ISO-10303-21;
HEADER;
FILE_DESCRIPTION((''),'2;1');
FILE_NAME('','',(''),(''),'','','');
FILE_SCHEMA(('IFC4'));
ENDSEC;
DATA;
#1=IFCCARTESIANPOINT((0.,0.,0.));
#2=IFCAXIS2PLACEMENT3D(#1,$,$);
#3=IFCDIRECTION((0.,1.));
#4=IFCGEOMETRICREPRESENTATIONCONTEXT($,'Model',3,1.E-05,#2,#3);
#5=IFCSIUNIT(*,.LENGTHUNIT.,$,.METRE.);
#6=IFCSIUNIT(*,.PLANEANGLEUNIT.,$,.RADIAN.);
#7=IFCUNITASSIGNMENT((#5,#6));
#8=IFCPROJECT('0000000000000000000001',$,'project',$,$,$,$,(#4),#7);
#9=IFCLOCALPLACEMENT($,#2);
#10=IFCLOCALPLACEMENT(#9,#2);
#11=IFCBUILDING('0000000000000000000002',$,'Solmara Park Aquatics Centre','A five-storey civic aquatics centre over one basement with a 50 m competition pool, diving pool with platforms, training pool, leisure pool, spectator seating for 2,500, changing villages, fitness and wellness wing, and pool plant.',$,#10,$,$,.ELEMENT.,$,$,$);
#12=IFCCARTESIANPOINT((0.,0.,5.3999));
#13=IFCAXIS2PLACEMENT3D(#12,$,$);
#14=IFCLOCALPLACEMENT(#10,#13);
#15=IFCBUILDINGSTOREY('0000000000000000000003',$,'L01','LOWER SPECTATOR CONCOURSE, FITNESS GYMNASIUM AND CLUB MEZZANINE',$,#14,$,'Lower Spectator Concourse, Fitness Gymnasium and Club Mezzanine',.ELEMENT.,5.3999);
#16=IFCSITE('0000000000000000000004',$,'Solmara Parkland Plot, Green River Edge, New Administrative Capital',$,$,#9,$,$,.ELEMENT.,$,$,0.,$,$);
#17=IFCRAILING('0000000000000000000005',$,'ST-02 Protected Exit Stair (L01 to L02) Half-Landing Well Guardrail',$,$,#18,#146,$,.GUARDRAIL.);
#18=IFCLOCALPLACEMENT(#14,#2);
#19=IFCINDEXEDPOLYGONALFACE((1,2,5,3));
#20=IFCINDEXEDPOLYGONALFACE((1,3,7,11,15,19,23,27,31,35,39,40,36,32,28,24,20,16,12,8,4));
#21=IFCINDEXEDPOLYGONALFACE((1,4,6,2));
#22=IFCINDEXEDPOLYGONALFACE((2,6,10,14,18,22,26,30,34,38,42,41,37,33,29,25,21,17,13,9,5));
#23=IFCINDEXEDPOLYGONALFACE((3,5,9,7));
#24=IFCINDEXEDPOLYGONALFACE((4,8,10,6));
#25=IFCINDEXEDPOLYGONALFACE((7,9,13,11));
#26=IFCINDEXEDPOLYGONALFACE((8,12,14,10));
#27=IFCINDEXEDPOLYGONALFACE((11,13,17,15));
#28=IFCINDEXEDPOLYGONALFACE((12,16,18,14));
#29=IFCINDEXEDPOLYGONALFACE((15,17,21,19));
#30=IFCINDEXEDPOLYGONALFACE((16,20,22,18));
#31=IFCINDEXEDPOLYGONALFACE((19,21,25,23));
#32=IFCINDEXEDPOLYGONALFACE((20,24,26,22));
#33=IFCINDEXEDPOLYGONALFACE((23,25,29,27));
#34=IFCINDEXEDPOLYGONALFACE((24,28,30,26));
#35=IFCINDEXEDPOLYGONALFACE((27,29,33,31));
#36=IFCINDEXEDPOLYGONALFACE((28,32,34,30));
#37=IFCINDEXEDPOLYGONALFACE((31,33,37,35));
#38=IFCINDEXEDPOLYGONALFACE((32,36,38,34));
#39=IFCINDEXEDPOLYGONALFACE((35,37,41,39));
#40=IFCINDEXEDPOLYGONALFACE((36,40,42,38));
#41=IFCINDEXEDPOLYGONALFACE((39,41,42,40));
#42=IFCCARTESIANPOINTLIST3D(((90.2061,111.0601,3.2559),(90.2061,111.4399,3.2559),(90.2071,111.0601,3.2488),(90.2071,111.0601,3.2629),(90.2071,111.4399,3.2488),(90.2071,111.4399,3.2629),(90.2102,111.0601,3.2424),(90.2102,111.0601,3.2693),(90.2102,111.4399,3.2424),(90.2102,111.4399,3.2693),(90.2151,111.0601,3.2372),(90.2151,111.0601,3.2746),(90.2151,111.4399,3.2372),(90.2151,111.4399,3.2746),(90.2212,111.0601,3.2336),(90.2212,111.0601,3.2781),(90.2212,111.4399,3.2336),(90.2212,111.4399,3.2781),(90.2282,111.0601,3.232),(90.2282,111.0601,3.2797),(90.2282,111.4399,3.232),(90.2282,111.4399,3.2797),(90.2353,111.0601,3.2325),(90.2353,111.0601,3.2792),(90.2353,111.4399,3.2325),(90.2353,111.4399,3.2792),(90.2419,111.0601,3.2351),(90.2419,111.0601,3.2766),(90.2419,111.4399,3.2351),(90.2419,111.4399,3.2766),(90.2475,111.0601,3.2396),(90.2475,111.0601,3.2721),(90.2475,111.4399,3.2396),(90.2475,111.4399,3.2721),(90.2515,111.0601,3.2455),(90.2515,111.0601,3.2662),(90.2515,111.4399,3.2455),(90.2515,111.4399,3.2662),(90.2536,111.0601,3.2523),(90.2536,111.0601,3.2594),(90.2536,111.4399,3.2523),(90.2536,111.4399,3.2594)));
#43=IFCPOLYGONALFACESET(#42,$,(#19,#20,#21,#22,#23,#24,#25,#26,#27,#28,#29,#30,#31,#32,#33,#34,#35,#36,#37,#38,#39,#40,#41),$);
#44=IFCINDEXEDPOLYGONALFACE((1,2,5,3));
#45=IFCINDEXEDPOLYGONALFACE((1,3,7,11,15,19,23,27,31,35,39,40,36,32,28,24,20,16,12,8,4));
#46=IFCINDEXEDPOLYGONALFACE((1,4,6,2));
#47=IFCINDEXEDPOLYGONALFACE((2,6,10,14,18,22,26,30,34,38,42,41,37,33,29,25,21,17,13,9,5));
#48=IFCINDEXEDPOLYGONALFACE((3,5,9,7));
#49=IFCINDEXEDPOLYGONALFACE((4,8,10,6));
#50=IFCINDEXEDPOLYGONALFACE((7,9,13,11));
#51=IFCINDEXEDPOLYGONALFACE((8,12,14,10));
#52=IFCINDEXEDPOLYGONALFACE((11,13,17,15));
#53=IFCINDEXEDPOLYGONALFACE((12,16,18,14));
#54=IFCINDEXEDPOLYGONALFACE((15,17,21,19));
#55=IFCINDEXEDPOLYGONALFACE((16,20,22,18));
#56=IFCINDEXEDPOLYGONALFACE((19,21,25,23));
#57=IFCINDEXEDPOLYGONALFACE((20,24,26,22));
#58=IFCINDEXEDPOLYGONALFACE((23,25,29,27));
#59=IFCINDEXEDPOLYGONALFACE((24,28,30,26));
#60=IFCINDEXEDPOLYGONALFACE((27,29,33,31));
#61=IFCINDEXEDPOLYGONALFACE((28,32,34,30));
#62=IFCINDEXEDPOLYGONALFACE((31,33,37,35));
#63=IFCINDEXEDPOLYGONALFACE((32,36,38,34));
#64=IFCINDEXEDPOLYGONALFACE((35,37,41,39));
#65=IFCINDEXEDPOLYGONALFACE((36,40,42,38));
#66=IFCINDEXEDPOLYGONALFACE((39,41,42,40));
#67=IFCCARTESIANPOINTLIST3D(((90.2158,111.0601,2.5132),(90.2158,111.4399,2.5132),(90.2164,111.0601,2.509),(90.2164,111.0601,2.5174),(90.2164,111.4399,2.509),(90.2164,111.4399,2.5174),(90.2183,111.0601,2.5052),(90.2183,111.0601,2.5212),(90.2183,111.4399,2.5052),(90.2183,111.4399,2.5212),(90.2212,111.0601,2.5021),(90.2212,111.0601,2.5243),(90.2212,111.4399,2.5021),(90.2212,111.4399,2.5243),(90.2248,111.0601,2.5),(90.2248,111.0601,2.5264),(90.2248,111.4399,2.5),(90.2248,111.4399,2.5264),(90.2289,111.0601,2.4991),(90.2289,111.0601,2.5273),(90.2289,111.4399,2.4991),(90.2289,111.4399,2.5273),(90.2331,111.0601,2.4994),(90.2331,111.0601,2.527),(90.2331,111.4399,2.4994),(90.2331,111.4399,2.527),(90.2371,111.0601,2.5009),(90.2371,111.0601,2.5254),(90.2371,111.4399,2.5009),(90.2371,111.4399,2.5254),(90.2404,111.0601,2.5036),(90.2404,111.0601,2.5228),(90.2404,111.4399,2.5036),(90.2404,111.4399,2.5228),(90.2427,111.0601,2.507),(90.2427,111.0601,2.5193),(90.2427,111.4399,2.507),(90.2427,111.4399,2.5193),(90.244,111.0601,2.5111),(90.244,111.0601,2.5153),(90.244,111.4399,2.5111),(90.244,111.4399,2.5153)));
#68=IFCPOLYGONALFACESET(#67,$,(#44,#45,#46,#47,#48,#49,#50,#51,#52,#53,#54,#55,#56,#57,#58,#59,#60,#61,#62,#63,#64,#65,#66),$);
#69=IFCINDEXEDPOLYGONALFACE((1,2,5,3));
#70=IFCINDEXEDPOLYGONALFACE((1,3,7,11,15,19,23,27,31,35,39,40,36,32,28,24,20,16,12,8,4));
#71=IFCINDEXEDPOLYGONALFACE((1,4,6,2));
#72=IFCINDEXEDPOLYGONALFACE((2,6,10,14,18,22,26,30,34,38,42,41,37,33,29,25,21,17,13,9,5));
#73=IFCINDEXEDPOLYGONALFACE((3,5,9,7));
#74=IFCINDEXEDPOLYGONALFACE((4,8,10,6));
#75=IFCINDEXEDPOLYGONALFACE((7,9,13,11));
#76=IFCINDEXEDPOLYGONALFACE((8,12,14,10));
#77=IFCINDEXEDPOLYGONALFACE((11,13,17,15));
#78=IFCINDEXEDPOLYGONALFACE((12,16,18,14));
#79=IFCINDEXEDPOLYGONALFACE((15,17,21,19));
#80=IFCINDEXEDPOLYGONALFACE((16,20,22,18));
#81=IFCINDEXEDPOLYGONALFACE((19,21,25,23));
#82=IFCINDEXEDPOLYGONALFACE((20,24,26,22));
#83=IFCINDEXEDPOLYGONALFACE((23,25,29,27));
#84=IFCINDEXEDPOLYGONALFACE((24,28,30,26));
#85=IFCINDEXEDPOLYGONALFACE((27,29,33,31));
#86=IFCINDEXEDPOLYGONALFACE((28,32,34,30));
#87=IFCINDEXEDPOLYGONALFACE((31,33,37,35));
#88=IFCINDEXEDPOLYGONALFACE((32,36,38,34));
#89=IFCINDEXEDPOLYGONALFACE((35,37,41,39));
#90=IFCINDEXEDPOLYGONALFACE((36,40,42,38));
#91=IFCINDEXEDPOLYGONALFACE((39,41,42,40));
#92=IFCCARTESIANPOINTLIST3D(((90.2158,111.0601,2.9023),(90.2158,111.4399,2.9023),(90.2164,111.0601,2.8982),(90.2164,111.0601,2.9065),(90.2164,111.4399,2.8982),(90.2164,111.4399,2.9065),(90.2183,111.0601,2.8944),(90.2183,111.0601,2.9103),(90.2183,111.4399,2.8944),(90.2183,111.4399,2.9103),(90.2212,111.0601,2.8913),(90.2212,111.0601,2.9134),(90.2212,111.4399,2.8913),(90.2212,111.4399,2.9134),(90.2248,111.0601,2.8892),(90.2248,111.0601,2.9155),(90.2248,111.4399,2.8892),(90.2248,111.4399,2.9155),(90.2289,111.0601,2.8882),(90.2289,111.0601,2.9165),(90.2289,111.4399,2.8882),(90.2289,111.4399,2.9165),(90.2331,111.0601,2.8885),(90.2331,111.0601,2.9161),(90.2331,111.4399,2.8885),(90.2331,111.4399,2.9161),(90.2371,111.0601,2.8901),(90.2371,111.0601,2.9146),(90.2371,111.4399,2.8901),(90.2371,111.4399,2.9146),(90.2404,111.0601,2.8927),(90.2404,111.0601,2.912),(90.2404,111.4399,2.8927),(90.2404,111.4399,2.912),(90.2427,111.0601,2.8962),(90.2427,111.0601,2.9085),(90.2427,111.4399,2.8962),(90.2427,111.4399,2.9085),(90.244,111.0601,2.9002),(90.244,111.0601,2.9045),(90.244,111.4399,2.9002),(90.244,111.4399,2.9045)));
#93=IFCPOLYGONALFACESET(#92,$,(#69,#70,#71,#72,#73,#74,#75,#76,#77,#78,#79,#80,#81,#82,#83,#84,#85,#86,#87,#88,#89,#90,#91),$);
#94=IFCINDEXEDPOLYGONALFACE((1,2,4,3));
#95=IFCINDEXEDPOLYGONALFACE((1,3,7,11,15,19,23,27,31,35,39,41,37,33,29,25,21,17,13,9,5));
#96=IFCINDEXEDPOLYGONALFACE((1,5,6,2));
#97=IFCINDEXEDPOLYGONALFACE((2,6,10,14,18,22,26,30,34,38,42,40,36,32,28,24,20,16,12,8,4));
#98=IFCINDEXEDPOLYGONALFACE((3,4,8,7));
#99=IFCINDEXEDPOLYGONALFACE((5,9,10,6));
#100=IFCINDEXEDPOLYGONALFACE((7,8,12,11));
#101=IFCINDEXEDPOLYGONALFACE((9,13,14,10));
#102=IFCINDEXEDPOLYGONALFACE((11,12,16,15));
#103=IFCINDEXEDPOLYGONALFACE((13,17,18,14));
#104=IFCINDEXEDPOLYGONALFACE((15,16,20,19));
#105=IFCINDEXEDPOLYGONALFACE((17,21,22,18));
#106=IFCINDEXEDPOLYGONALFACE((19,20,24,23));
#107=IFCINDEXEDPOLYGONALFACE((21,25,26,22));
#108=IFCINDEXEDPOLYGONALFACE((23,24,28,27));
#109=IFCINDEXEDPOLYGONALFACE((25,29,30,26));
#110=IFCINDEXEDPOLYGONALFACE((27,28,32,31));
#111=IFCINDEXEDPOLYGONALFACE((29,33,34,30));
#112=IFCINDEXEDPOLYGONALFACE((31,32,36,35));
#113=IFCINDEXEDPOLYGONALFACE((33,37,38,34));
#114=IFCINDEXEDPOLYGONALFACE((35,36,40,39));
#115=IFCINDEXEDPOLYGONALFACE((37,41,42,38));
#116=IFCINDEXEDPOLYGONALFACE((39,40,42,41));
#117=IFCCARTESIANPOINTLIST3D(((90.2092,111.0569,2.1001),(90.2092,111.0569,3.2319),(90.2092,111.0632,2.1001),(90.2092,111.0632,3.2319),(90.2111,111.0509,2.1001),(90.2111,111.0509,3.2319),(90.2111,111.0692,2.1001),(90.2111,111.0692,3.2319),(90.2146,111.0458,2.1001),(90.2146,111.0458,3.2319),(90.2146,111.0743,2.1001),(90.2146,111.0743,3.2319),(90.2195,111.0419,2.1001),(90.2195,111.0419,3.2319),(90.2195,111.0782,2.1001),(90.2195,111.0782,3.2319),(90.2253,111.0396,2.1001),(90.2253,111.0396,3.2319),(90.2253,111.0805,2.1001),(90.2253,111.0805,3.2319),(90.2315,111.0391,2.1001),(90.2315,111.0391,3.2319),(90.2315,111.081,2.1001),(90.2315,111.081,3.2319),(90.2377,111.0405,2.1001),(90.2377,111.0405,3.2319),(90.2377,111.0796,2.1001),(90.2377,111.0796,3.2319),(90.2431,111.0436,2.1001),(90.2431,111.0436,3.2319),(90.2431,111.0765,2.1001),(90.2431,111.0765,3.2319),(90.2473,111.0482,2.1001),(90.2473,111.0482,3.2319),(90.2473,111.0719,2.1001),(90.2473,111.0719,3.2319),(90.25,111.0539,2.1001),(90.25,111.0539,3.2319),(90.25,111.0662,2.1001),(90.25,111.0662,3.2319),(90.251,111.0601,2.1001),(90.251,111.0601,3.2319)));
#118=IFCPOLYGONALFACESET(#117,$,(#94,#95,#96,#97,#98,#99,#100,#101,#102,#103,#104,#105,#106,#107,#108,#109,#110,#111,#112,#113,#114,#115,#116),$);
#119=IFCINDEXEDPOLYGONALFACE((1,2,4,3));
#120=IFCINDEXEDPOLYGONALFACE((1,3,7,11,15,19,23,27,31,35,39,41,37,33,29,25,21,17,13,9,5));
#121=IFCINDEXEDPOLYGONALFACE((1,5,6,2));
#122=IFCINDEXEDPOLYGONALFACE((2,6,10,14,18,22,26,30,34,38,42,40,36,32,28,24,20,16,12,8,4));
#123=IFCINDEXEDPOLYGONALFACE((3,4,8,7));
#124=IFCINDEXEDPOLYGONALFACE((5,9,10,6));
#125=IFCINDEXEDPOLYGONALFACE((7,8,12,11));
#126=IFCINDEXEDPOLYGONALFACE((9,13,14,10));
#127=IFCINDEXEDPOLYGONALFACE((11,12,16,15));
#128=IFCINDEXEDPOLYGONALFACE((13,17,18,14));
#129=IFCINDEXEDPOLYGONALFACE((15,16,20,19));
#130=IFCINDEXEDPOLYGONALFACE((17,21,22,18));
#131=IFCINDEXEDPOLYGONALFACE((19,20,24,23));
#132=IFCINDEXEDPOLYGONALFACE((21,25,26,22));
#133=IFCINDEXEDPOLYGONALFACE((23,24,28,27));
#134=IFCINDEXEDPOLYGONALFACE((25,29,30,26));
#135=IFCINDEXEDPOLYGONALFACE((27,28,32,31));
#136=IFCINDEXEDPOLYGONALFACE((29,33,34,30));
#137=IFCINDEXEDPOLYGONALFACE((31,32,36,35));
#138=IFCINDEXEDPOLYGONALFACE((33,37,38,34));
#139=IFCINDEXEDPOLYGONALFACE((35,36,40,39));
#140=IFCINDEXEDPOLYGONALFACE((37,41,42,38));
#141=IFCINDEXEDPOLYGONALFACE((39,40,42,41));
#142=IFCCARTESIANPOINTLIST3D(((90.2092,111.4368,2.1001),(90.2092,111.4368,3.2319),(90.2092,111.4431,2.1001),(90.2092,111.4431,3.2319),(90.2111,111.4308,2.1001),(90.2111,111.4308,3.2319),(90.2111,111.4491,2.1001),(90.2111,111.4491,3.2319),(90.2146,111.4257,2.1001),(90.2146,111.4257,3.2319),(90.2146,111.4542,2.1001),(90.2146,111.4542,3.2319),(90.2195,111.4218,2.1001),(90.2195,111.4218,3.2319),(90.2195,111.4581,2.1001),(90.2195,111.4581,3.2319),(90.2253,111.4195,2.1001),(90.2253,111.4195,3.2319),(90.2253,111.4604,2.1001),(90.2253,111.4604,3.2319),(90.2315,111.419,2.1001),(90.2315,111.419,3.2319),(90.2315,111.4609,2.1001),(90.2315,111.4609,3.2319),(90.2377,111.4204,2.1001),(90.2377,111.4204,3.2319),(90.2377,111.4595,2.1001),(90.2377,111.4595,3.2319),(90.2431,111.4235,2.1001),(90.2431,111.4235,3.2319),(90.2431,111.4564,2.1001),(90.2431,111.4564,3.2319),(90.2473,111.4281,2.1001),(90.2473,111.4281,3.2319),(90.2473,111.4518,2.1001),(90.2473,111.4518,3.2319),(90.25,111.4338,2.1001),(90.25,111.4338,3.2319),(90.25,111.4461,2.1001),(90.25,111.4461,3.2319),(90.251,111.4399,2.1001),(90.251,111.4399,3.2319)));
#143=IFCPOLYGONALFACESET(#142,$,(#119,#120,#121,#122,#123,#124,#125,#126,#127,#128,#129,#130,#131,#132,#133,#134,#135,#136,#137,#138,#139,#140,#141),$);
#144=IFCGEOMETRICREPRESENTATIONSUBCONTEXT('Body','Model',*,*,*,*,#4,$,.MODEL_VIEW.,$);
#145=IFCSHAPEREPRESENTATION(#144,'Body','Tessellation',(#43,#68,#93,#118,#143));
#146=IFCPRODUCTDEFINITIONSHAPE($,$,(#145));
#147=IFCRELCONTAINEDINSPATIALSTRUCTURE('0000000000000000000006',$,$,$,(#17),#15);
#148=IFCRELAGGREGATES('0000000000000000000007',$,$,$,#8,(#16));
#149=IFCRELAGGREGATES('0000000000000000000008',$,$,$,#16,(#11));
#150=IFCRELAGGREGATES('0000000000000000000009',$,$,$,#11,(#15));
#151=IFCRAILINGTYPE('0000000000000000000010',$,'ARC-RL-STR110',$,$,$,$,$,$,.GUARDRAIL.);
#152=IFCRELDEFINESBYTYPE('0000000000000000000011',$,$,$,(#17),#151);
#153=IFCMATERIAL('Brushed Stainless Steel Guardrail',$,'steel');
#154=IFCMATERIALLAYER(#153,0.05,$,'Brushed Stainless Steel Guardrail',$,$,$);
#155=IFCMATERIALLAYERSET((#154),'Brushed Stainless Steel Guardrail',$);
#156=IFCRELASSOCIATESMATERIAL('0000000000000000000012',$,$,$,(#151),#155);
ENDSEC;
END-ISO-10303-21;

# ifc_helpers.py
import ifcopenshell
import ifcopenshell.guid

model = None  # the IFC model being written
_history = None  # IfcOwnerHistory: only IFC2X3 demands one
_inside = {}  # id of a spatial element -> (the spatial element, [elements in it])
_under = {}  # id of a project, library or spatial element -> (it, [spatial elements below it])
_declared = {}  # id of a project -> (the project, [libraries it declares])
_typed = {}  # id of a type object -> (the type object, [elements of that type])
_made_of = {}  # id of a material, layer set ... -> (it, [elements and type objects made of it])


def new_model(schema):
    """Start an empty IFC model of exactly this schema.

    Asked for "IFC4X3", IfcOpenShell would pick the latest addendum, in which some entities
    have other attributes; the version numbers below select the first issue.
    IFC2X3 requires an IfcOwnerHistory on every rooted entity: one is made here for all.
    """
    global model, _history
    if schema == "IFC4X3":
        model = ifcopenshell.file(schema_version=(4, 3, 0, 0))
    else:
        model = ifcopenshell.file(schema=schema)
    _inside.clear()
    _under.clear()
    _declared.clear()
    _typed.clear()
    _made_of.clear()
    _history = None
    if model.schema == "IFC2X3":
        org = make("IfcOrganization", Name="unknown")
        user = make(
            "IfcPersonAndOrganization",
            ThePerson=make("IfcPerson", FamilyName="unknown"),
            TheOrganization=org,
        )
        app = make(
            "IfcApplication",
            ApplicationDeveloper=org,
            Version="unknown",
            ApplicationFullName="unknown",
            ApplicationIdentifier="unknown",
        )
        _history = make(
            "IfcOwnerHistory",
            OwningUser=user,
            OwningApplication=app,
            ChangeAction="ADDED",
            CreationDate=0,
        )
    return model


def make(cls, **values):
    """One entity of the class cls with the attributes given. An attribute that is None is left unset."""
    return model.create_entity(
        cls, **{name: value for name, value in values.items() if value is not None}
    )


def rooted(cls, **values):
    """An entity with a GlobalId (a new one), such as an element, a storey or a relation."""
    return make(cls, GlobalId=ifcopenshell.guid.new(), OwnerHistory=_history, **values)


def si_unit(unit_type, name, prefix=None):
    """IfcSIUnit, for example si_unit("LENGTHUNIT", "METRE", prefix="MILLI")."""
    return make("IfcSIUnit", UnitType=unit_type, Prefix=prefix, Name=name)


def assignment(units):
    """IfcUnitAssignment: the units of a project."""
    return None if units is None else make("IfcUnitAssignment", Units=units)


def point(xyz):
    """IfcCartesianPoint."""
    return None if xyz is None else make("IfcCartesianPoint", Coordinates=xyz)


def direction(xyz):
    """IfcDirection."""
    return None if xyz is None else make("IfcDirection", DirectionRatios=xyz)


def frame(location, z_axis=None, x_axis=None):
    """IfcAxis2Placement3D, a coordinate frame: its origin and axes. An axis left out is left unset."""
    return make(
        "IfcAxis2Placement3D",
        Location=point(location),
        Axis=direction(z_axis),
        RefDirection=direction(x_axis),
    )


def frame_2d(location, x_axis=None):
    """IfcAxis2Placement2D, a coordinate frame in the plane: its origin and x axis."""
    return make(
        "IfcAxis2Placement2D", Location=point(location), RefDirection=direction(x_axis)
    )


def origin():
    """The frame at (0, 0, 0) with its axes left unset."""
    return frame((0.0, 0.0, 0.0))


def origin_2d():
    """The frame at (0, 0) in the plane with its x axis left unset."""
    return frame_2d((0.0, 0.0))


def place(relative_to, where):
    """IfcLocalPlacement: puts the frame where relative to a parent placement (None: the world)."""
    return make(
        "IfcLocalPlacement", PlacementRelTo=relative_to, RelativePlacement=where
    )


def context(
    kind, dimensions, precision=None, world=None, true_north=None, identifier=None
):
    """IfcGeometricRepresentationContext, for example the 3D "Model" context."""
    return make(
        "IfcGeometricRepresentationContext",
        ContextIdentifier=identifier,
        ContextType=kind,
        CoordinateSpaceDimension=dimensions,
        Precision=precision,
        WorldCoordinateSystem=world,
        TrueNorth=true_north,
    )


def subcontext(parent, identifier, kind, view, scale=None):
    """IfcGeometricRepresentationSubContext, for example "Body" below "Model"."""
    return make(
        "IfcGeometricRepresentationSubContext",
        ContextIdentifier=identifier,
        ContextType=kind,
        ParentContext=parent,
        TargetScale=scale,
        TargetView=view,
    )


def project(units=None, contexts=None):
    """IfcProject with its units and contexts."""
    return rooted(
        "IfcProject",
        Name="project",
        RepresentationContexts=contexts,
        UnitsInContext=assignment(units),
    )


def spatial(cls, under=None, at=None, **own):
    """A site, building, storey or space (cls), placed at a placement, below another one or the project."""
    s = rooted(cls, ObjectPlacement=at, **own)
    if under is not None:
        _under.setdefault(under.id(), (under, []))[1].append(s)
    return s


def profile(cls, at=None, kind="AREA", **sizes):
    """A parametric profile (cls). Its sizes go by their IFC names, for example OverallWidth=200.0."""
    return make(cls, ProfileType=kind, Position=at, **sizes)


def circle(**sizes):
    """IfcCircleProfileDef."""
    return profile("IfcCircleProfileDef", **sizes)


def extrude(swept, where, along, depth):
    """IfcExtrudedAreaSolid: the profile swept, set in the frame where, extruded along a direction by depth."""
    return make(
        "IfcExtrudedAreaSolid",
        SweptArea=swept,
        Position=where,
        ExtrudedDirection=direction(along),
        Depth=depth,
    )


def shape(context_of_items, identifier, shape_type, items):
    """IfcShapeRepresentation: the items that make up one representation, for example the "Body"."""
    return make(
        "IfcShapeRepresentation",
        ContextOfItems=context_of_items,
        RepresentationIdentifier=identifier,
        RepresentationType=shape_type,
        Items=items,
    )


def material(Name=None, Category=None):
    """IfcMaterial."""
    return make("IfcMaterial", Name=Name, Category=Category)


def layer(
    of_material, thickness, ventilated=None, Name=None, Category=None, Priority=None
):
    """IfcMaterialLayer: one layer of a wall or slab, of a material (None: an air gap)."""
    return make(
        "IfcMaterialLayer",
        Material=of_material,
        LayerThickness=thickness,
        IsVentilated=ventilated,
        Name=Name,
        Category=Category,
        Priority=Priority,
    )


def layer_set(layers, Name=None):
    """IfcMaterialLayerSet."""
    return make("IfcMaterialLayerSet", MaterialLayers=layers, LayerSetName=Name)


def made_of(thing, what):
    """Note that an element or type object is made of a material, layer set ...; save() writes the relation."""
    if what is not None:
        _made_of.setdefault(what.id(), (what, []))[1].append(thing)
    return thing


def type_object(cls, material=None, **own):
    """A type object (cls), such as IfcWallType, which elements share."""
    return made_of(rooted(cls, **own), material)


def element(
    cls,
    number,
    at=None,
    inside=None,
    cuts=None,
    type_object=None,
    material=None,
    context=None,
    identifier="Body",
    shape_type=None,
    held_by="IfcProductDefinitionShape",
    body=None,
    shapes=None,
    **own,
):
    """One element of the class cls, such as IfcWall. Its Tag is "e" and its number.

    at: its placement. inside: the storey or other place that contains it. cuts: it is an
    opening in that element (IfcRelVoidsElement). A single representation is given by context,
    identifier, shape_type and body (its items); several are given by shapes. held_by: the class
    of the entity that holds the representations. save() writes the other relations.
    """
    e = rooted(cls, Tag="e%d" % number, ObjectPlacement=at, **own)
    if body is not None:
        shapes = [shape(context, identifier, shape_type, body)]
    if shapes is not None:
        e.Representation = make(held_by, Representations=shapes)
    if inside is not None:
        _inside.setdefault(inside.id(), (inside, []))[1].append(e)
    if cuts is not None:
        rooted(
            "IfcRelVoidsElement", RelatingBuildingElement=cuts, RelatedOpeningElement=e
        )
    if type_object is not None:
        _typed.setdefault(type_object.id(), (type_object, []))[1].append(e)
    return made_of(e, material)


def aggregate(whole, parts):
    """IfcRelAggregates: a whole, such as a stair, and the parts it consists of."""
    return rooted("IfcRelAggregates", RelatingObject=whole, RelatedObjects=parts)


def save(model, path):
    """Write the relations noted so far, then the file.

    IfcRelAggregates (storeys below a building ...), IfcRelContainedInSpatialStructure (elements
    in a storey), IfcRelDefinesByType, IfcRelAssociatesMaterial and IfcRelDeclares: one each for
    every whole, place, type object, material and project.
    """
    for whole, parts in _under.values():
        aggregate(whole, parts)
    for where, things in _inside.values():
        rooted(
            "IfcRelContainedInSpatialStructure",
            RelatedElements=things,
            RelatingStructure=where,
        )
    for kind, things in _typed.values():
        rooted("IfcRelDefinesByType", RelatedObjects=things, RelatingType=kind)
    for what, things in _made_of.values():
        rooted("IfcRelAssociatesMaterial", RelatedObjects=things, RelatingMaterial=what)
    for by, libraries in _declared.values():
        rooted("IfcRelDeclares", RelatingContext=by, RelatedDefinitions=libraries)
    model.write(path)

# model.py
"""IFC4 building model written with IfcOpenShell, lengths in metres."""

from ifc_helpers import new_model, si_unit, direction, frame, origin, origin_2d, place, context, subcontext, project, spatial, circle, extrude, material, layer, layer_set, type_object, element, save


model = new_model("IFC4")

# Units and contexts
model_context = context("Model", 3, precision=1e-05, world=origin(), true_north=direction((0.0, 1.0)))
body_context = subcontext(model_context, "Body", "Model", "MODEL_VIEW")
ifc_project = project(units=[si_unit("LENGTHUNIT", "METRE"), si_unit("PLANEANGLEUNIT", "RADIAN")], contexts=[model_context])

# Site, building, storey
site_placement = place(None, origin())
site = spatial("IfcSite", under=ifc_project, at=site_placement, Name="Solmara Parkland Plot, Green River Edge, New Administrative Capital", CompositionType="ELEMENT", RefElevation=0.0)
building_placement = place(site_placement, origin())
building = spatial("IfcBuilding", under=site, at=building_placement, Name="Solmara Park Aquatics Centre", Description="A five-storey civic aquatics centre over one basement with a 50 m competition pool, diving pool with platforms, training pool, leisure pool, spectator seating for 2,500, changing villages, fitness and wellness wing, and pool plant.", CompositionType="ELEMENT")
storey_placement = place(building_placement, frame((0.0, 0.0, 5.3999)))
storey = spatial("IfcBuildingStorey", under=building, at=storey_placement, Name="L01", Description="LOWER SPECTATOR CONCOURSE, FITNESS GYMNASIUM AND CLUB MEZZANINE", LongName="Lower Spectator Concourse, Fitness Gymnasium and Club Mezzanine", CompositionType="ELEMENT", Elevation=5.3999)

# Railing
ifc_material_1 = material(Name="Brushed Stainless Steel Guardrail", Category="steel")
ifc_layer_1 = layer(ifc_material_1, 0.05, Name="Brushed Stainless Steel Guardrail")
ifc_layer_set_1 = layer_set([ifc_layer_1], Name="Brushed Stainless Steel Guardrail")
railing_type_1 = type_object("IfcRailingType", Name="ARC-RL-STR110", PredefinedType="GUARDRAIL", material=ifc_layer_set_1)
railing_1_placement = place(storey_placement, frame((90.23, 111.0601, 2.1001)))
element("IfcRailing", 1, at=railing_1_placement, inside=storey, type_object=railing_type_1, Name="ST-02 Protected Exit Stair (L01 to L02) Half-Landing Well Guardrail", PredefinedType="GUARDRAIL", context=body_context, shape_type="SweptSolid", body=[
    extrude(circle(Radius=0.0239, at=origin_2d()), frame((0.0, 0.0, 1.1558), z_axis=(0.0, 1.0, 0.0), x_axis=(-1.0, 0.0, 0.0)), (0.0, 0.0, 1.0), 0.3799),
    extrude(circle(Radius=0.0142, at=origin_2d()), frame((0.0, 0.0, 0.4131), z_axis=(0.0, 1.0, 0.0), x_axis=(-1.0, 0.0, 0.0)), (0.0, 0.0, 1.0), 0.3799),
    extrude(circle(Radius=0.0142, at=origin_2d()), frame((0.0, 0.0, 0.8022), z_axis=(0.0, 1.0, 0.0), x_axis=(-1.0, 0.0, 0.0)), (0.0, 0.0, 1.0), 0.3799),
    extrude(circle(Radius=0.021, at=origin_2d()), origin(), (0.0, 0.0, 1.0), 1.1318),
    extrude(circle(Radius=0.021, at=origin_2d()), frame((0.0, 0.3799, 0.0)), (0.0, 0.0, 1.0), 1.1318),
])

save(model, "model.ifc")
